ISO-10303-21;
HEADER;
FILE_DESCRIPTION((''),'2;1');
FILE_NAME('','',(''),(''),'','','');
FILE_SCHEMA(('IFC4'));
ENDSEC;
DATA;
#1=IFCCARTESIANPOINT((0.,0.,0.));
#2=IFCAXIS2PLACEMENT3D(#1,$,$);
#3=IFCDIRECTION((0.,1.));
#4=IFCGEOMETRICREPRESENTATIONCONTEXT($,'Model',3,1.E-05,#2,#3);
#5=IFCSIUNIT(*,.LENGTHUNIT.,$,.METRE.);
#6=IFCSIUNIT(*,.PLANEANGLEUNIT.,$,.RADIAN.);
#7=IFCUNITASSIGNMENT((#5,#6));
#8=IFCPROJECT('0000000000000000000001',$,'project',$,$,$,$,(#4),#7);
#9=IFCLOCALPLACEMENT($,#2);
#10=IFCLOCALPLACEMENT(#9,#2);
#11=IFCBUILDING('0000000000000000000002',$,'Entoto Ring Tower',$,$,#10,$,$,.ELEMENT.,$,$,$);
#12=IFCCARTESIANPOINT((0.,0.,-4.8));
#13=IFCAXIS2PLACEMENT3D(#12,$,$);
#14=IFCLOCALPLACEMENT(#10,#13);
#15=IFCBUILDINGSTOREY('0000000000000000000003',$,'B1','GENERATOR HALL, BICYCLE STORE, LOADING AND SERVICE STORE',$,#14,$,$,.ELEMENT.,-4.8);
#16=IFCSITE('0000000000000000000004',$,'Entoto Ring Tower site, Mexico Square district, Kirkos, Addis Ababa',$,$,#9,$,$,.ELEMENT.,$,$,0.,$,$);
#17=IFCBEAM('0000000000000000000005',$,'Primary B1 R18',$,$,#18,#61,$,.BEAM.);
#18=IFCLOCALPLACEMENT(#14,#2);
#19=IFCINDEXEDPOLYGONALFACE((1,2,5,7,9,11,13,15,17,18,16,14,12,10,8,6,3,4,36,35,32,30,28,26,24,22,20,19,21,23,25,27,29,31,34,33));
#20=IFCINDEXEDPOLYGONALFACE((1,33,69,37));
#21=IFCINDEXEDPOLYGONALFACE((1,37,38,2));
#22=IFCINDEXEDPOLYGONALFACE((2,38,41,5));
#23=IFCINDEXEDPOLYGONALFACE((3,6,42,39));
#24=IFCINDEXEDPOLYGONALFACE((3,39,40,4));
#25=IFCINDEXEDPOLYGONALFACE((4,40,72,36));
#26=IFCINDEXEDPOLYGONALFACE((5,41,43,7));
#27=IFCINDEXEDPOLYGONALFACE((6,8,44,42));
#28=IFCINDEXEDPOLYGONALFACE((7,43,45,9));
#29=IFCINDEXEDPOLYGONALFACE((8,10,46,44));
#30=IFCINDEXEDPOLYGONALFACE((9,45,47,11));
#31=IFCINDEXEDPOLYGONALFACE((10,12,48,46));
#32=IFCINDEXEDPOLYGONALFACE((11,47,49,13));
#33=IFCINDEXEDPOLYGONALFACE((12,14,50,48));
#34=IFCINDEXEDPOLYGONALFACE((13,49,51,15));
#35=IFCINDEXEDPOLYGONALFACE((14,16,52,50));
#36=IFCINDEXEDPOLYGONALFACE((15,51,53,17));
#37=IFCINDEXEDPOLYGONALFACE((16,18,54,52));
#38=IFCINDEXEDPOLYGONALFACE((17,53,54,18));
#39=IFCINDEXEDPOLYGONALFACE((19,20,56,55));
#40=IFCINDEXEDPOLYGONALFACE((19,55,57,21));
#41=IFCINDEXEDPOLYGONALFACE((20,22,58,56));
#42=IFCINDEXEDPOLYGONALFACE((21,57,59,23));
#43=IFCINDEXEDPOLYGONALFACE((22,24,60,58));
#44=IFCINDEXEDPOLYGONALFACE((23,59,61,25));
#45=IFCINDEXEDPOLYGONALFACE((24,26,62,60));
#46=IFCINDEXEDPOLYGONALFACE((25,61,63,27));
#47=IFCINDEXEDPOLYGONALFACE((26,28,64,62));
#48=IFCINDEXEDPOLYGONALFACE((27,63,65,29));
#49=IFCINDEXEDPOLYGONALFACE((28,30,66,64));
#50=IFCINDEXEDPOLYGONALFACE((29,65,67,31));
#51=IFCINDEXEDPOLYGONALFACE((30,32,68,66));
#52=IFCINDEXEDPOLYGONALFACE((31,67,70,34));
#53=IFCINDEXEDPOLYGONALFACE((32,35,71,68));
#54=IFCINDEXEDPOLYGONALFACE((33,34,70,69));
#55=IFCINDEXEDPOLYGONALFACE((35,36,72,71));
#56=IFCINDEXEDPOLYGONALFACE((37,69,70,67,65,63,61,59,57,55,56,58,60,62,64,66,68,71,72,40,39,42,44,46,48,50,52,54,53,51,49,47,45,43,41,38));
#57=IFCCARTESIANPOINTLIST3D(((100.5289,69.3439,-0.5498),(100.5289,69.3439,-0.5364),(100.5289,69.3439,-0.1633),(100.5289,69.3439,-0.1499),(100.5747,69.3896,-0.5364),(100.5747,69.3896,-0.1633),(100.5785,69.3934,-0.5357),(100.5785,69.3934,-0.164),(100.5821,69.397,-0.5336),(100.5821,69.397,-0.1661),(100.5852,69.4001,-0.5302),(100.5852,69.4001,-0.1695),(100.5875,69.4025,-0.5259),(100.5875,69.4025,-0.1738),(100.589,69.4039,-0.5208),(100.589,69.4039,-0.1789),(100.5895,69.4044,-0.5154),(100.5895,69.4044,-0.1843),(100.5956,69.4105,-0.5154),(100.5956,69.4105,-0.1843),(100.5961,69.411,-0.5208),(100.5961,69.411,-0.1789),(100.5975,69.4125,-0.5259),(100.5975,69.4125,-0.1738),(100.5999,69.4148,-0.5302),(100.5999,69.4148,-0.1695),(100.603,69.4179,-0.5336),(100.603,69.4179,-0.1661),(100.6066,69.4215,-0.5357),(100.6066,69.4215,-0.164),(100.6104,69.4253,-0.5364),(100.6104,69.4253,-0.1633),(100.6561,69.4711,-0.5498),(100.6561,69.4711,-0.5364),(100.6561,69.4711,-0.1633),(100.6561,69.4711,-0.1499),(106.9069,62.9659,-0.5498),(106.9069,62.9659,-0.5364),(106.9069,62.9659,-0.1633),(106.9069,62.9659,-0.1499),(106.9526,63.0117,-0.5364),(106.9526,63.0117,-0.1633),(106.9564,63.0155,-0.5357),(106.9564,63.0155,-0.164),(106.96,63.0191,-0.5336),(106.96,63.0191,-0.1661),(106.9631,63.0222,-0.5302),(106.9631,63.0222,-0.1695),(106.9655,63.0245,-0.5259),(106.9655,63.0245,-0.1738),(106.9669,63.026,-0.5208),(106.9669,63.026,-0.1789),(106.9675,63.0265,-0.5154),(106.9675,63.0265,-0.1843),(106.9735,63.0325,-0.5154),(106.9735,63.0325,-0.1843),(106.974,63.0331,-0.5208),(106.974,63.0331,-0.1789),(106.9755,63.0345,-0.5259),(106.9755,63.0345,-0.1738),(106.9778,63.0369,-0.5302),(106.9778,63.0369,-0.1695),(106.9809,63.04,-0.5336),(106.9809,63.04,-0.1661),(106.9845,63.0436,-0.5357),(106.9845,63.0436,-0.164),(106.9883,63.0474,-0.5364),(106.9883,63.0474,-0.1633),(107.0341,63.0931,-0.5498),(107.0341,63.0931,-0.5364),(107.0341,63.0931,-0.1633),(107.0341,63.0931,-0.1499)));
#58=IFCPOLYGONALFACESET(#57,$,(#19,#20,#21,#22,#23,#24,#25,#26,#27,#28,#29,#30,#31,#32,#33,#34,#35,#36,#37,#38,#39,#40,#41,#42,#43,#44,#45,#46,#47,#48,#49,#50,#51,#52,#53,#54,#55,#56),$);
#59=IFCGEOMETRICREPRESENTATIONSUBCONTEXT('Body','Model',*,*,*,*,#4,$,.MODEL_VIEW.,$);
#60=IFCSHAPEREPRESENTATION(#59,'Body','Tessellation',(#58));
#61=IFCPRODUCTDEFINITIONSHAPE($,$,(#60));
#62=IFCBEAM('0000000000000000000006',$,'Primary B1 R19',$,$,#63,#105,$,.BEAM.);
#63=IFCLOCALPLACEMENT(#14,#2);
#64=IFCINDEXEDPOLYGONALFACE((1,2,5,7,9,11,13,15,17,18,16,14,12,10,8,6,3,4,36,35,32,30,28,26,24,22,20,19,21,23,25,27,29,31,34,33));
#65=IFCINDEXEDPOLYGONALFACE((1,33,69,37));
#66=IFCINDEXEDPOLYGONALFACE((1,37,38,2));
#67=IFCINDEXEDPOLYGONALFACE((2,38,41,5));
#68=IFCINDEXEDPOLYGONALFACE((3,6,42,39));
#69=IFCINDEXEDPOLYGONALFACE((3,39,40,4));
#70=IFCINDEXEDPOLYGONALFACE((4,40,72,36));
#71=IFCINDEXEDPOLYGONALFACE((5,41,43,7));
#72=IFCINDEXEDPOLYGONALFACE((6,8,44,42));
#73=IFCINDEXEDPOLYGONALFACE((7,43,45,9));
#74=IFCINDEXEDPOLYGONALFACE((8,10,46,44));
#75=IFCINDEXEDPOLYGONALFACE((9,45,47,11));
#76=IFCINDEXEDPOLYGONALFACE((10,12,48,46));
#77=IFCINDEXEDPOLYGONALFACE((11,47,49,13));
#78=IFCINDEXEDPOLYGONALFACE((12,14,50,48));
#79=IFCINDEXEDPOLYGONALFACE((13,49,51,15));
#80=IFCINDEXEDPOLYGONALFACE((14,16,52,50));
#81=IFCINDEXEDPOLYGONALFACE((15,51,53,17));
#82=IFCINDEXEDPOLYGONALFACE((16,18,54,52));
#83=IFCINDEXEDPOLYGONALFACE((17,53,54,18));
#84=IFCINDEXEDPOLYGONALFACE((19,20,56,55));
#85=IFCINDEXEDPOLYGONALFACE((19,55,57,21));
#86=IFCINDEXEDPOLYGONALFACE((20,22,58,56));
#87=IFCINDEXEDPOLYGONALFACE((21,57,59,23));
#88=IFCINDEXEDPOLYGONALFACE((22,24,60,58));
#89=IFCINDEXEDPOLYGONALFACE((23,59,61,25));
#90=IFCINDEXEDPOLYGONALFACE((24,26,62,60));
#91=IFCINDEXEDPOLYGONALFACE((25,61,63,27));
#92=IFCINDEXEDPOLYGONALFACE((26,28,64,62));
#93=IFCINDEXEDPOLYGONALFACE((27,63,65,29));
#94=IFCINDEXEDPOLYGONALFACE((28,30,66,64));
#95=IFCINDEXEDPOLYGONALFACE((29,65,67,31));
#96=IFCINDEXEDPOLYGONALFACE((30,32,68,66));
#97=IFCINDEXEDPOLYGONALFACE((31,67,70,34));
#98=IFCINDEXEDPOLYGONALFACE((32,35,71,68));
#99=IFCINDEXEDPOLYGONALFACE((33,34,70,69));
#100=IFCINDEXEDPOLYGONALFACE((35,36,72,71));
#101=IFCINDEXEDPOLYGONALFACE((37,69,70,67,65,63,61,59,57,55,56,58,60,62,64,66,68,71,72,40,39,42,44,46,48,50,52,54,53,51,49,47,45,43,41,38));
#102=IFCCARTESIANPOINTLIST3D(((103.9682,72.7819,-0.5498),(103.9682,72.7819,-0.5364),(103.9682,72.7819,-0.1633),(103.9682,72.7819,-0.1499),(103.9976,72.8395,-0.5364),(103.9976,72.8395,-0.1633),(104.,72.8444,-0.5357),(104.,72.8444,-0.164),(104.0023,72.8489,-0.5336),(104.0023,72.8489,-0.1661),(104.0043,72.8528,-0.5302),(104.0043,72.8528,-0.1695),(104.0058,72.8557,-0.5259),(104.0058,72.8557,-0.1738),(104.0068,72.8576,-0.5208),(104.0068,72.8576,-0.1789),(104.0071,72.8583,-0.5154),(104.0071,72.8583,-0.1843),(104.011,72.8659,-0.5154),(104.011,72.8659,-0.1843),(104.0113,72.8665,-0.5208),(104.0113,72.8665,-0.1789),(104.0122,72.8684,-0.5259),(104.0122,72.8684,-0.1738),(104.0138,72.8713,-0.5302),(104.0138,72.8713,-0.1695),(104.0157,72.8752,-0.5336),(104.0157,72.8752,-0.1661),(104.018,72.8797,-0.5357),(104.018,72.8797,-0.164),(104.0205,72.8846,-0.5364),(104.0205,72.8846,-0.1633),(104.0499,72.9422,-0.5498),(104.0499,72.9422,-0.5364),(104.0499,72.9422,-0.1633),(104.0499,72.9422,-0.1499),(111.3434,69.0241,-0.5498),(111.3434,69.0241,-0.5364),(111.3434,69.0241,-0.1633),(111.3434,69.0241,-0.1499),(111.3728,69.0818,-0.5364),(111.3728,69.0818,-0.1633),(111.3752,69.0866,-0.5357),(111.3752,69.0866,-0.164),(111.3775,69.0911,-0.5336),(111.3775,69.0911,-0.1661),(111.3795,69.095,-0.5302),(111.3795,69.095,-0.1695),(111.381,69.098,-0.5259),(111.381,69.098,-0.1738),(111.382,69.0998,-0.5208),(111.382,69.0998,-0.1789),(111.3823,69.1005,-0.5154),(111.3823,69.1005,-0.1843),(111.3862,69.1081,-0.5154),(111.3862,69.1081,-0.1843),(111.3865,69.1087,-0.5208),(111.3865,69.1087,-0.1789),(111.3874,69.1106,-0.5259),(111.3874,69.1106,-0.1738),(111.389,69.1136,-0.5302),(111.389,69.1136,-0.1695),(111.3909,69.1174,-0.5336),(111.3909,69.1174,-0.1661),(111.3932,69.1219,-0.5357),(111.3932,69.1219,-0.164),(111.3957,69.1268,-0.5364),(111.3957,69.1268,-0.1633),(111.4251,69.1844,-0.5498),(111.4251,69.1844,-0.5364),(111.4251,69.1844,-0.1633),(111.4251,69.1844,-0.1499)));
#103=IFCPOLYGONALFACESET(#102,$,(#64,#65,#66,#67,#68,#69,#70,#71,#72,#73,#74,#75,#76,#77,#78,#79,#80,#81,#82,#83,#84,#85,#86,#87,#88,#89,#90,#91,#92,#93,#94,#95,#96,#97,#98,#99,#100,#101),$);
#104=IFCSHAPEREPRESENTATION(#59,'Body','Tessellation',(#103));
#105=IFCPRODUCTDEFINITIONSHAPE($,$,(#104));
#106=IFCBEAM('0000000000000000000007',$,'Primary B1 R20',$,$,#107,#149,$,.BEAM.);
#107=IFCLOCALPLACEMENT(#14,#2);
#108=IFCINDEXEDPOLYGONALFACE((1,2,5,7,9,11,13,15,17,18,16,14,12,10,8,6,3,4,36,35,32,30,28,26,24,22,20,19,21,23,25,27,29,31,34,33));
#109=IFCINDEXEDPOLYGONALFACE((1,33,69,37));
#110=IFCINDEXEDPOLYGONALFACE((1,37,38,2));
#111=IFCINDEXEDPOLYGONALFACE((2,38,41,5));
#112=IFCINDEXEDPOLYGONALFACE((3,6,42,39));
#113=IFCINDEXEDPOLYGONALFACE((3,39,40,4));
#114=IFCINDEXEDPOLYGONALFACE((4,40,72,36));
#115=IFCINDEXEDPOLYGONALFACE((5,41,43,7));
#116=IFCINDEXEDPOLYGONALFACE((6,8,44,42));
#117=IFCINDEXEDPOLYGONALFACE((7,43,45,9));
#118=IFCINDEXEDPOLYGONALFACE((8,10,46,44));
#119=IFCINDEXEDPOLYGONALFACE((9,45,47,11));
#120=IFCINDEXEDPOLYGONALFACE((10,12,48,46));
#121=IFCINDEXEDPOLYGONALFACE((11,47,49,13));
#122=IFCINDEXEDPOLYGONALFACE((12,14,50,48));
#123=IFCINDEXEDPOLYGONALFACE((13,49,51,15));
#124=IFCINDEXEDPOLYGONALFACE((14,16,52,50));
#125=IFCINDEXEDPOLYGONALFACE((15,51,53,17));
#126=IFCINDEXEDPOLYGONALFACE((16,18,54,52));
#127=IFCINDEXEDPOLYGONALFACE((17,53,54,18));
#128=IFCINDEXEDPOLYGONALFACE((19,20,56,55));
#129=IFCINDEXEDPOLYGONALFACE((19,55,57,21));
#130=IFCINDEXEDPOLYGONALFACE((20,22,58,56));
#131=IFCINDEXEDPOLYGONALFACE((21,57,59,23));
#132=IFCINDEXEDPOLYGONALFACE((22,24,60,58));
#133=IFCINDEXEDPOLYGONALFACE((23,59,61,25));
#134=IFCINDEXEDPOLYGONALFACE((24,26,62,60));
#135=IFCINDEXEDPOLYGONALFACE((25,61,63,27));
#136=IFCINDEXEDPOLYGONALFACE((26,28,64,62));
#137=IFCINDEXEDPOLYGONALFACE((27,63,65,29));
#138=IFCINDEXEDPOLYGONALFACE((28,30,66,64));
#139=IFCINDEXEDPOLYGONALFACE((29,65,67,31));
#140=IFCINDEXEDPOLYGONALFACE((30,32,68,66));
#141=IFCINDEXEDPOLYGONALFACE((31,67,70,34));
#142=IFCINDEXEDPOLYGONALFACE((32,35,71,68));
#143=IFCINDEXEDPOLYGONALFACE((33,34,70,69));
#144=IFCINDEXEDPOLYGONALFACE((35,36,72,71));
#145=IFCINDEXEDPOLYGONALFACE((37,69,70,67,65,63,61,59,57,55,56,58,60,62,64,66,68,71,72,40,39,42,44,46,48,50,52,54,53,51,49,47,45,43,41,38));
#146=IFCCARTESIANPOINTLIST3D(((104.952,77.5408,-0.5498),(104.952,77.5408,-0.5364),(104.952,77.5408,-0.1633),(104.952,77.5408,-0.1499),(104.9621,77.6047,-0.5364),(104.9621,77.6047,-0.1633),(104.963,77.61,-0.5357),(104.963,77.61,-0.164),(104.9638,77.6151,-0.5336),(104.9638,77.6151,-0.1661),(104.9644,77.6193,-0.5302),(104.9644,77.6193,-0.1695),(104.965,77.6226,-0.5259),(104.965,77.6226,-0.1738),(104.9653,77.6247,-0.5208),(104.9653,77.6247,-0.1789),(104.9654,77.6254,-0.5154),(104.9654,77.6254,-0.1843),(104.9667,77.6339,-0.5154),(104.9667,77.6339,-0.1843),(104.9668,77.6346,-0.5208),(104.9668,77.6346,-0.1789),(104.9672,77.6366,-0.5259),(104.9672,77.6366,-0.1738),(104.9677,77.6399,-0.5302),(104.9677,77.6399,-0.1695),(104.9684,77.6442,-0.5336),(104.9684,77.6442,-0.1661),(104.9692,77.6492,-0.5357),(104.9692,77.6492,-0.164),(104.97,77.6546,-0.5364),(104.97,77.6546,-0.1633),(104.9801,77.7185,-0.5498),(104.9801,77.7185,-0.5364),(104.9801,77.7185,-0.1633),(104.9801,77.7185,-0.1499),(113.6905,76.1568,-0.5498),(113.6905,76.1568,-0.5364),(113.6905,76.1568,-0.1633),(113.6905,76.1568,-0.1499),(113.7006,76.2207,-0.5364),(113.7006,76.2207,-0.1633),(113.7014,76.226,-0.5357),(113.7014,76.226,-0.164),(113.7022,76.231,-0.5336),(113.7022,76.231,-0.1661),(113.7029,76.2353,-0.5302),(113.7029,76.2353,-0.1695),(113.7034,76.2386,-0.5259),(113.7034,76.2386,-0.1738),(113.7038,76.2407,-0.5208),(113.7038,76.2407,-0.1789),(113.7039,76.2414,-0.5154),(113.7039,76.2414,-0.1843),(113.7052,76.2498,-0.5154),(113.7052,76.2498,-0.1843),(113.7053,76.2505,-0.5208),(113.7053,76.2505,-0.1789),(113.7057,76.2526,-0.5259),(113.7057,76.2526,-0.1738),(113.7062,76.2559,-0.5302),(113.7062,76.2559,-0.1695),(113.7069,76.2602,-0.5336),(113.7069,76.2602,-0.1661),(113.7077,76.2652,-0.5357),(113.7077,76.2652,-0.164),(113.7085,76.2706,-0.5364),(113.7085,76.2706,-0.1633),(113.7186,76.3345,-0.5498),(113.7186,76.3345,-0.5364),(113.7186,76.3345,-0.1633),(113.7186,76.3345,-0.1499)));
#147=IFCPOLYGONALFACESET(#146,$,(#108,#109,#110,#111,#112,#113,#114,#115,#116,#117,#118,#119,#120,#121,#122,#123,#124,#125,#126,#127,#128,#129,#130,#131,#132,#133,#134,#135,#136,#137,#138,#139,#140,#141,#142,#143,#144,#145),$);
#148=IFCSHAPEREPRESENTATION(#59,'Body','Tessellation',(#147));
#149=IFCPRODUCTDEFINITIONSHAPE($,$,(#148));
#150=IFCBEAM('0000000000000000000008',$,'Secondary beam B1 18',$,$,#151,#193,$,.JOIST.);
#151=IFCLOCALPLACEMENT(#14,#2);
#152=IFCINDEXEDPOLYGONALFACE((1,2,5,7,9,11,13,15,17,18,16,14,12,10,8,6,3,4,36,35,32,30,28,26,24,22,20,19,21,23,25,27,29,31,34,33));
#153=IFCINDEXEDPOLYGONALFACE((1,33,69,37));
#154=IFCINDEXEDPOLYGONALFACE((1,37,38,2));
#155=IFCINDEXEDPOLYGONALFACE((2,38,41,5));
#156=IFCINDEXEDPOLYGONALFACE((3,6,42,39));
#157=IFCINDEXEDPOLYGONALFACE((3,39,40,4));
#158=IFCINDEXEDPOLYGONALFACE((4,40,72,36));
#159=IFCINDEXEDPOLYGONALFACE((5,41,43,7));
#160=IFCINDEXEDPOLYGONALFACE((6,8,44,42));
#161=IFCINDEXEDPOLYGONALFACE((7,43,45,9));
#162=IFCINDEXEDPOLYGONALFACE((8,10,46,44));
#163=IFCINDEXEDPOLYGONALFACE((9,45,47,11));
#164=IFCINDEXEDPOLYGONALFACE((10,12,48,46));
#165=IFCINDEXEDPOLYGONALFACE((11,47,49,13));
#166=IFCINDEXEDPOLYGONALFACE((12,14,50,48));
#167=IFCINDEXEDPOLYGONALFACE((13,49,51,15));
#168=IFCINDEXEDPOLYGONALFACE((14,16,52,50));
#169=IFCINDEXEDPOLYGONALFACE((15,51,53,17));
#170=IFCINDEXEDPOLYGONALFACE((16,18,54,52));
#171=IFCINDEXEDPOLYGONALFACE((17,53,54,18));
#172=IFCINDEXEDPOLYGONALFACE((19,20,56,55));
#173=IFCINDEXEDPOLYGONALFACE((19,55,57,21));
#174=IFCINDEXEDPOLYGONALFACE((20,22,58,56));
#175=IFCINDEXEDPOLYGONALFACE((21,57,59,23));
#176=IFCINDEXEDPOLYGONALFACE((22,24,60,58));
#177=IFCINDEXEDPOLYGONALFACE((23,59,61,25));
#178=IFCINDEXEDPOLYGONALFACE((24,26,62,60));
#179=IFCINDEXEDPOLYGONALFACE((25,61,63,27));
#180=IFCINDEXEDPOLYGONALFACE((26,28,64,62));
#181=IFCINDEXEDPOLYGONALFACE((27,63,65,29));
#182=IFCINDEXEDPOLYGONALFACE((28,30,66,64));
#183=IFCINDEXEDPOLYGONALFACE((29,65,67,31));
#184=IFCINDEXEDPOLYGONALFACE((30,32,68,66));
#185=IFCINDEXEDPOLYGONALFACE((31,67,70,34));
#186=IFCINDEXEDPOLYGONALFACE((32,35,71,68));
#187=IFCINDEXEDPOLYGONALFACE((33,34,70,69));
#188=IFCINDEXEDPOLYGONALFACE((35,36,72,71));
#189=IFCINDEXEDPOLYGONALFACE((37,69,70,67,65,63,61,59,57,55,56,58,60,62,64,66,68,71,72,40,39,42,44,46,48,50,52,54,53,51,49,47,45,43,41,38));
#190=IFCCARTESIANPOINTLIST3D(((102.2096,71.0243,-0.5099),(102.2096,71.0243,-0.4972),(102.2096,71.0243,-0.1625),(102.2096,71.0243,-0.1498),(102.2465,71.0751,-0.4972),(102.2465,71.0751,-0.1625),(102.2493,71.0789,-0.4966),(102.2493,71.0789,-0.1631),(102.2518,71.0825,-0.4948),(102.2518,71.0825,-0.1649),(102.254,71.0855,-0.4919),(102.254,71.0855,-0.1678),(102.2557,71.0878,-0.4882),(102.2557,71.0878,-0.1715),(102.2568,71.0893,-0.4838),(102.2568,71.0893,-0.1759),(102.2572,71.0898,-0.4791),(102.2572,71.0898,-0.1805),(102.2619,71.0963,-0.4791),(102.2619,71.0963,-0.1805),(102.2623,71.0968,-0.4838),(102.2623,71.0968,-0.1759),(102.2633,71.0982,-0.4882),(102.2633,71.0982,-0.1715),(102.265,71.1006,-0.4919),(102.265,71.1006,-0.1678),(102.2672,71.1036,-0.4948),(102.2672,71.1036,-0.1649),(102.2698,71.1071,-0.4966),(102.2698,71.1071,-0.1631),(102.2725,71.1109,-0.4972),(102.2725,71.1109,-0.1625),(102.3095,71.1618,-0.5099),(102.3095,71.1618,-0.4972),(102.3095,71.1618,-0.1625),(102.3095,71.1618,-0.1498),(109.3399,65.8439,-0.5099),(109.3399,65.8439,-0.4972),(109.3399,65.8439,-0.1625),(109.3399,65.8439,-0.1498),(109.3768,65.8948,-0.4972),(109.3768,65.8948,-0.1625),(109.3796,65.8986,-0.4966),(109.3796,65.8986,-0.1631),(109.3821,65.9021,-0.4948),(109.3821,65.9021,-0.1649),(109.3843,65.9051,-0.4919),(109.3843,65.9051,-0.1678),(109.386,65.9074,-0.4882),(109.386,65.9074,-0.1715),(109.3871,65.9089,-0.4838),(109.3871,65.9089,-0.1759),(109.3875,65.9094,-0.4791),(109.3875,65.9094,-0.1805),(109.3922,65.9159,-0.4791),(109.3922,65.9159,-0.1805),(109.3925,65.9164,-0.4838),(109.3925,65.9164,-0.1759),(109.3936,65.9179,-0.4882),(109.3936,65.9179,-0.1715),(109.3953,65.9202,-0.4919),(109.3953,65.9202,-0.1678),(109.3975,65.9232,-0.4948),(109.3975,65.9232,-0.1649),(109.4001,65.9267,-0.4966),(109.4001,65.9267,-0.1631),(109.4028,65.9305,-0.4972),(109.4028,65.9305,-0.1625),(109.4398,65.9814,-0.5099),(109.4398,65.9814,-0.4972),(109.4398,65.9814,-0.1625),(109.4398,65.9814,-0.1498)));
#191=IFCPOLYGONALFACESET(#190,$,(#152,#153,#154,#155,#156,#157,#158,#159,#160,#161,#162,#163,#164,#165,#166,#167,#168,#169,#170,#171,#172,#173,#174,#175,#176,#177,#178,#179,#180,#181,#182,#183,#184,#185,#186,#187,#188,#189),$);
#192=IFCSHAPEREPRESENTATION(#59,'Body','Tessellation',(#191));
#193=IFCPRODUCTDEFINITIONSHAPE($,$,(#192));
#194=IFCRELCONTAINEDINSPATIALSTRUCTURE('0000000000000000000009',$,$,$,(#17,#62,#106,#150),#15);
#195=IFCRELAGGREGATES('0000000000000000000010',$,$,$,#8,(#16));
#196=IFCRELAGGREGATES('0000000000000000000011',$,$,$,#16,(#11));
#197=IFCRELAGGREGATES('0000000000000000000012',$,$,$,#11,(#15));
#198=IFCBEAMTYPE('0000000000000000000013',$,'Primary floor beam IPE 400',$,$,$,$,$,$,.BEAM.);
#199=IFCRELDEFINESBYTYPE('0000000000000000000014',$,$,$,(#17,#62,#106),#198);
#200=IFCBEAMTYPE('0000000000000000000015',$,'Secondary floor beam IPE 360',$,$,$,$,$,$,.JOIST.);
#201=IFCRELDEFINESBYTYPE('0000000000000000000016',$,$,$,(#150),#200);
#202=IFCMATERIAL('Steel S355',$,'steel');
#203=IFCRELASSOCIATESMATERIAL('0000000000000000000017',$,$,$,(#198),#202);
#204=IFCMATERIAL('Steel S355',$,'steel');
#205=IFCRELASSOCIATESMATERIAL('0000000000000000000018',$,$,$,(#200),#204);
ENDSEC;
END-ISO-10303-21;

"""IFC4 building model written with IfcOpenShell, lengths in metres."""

from ifc_helpers import new_model, si_unit, direction, frame, origin, origin_2d, place, context, subcontext, project, spatial, i_section, extrude, material, material_profile, profile_set, type_object, element, save


model = new_model("IFC4")

# Units and contexts
model_context = context("Model", 3, precision=1e-05, world=origin(), true_north=direction((0.0, 1.0)))
body_context = subcontext(model_context, "Body", "Model", "MODEL_VIEW")
ifc_project = project(units=[si_unit("LENGTHUNIT", "METRE"), si_unit("PLANEANGLEUNIT", "RADIAN")], contexts=[model_context])

# Site, building, storey
site_placement = place(None, origin())
site = spatial("IfcSite", under=ifc_project, at=site_placement, Name="Entoto Ring Tower site, Mexico Square district, Kirkos, Addis Ababa", CompositionType="ELEMENT", RefElevation=0.0)
building_placement = place(site_placement, origin())
building = spatial("IfcBuilding", under=site, at=building_placement, Name="Entoto Ring Tower", CompositionType="ELEMENT")
storey_placement = place(building_placement, frame((0.0, 0.0, -4.8)))
storey = spatial("IfcBuildingStorey", under=building, at=storey_placement, Name="B1", Description="GENERATOR HALL, BICYCLE STORE, LOADING AND SERVICE STORE", CompositionType="ELEMENT", Elevation=-4.8)

# Beams
ifc_material_1 = material(Name="Steel S355", Category="steel")
ifc_material_profile_1 = material_profile(ifc_material_1, i_section(OverallWidth=0.1799, OverallDepth=0.3999, WebThickness=0.0085, FlangeThickness=0.0134, FilletRadius=0.021, at=origin_2d()), Name="IPE 400")
ifc_profile_set_1 = profile_set([ifc_material_profile_1], Name="Steel S355")
beam_type_1 = type_object("IfcBeamType", Name="Primary floor beam IPE 400", PredefinedType="BEAM", material=ifc_profile_set_1)
beam_1_placement = place(storey_placement, frame((100.5925, 69.4075, -0.3499), z_axis=(0.707107, -0.707107, 0.0), x_axis=(0.707107, 0.707107, 0.0)))
element("IfcBeam", 1, at=beam_1_placement, inside=storey, type_object=beam_type_1, Name="Primary B1 R18", PredefinedType="BEAM", context=body_context, shape_type="SweptSolid", body=[
    extrude(i_section(OverallWidth=0.1799, OverallDepth=0.3999, WebThickness=0.0085, FlangeThickness=0.0134, FilletRadius=0.021, at=origin_2d()), origin(), (0.0, 0.0, 1.0), 9.0198),
])
beam_2_placement = place(storey_placement, frame((104.009, 72.8621, -0.3499), z_axis=(0.89101, -0.453985, 0.0), x_axis=(0.453985, 0.89101, 0.0)))
element("IfcBeam", 2, at=beam_2_placement, inside=storey, type_object=beam_type_1, Name="Primary B1 R19", PredefinedType="BEAM", context=body_context, shape_type="SweptSolid", body=[
    extrude(i_section(OverallWidth=0.1799, OverallDepth=0.3999, WebThickness=0.0085, FlangeThickness=0.0134, FilletRadius=0.021, at=origin_2d()), origin(), (0.0, 0.0, 1.0), 8.2773),
])
beam_3_placement = place(storey_placement, frame((104.9661, 77.6296, -0.3499), z_axis=(0.987689, -0.156433, 0.0), x_axis=(0.156433, 0.987689, 0.0)))
element("IfcBeam", 3, at=beam_3_placement, inside=storey, type_object=beam_type_1, Name="Primary B1 R20", PredefinedType="BEAM", context=body_context, shape_type="SweptSolid", body=[
    extrude(i_section(OverallWidth=0.1799, OverallDepth=0.3999, WebThickness=0.0085, FlangeThickness=0.0134, FilletRadius=0.021, at=origin_2d()), origin(), (0.0, 0.0, 1.0), 8.8474),
])
ifc_material_2 = material(Name="Steel S355", Category="steel")
ifc_material_profile_2 = material_profile(ifc_material_2, i_section(OverallWidth=0.1699, OverallDepth=0.3601, WebThickness=0.0081, FlangeThickness=0.0127, FilletRadius=0.0181, at=origin_2d()), Name="IPE 360")
ifc_profile_set_2 = profile_set([ifc_material_profile_2], Name="Steel S355")
beam_type_2 = type_object("IfcBeamType", Name="Secondary floor beam IPE 360", PredefinedType="JOIST", material=ifc_profile_set_2)
beam_4_placement = place(storey_placement, frame((102.2595, 71.093, -0.3298), z_axis=(0.809022, -0.587778, 0.0), x_axis=(0.587778, 0.809022, 0.0)))
element("IfcBeam", 4, at=beam_4_placement, inside=storey, type_object=beam_type_2, Name="Secondary beam B1 18", PredefinedType="JOIST", context=body_context, shape_type="SweptSolid", body=[
    extrude(i_section(OverallWidth=0.1699, OverallDepth=0.3601, WebThickness=0.0081, FlangeThickness=0.0127, FilletRadius=0.0181, at=origin_2d()), origin(), (0.0, 0.0, 1.0), 8.8135),
])

save(model, "model.ifc")
